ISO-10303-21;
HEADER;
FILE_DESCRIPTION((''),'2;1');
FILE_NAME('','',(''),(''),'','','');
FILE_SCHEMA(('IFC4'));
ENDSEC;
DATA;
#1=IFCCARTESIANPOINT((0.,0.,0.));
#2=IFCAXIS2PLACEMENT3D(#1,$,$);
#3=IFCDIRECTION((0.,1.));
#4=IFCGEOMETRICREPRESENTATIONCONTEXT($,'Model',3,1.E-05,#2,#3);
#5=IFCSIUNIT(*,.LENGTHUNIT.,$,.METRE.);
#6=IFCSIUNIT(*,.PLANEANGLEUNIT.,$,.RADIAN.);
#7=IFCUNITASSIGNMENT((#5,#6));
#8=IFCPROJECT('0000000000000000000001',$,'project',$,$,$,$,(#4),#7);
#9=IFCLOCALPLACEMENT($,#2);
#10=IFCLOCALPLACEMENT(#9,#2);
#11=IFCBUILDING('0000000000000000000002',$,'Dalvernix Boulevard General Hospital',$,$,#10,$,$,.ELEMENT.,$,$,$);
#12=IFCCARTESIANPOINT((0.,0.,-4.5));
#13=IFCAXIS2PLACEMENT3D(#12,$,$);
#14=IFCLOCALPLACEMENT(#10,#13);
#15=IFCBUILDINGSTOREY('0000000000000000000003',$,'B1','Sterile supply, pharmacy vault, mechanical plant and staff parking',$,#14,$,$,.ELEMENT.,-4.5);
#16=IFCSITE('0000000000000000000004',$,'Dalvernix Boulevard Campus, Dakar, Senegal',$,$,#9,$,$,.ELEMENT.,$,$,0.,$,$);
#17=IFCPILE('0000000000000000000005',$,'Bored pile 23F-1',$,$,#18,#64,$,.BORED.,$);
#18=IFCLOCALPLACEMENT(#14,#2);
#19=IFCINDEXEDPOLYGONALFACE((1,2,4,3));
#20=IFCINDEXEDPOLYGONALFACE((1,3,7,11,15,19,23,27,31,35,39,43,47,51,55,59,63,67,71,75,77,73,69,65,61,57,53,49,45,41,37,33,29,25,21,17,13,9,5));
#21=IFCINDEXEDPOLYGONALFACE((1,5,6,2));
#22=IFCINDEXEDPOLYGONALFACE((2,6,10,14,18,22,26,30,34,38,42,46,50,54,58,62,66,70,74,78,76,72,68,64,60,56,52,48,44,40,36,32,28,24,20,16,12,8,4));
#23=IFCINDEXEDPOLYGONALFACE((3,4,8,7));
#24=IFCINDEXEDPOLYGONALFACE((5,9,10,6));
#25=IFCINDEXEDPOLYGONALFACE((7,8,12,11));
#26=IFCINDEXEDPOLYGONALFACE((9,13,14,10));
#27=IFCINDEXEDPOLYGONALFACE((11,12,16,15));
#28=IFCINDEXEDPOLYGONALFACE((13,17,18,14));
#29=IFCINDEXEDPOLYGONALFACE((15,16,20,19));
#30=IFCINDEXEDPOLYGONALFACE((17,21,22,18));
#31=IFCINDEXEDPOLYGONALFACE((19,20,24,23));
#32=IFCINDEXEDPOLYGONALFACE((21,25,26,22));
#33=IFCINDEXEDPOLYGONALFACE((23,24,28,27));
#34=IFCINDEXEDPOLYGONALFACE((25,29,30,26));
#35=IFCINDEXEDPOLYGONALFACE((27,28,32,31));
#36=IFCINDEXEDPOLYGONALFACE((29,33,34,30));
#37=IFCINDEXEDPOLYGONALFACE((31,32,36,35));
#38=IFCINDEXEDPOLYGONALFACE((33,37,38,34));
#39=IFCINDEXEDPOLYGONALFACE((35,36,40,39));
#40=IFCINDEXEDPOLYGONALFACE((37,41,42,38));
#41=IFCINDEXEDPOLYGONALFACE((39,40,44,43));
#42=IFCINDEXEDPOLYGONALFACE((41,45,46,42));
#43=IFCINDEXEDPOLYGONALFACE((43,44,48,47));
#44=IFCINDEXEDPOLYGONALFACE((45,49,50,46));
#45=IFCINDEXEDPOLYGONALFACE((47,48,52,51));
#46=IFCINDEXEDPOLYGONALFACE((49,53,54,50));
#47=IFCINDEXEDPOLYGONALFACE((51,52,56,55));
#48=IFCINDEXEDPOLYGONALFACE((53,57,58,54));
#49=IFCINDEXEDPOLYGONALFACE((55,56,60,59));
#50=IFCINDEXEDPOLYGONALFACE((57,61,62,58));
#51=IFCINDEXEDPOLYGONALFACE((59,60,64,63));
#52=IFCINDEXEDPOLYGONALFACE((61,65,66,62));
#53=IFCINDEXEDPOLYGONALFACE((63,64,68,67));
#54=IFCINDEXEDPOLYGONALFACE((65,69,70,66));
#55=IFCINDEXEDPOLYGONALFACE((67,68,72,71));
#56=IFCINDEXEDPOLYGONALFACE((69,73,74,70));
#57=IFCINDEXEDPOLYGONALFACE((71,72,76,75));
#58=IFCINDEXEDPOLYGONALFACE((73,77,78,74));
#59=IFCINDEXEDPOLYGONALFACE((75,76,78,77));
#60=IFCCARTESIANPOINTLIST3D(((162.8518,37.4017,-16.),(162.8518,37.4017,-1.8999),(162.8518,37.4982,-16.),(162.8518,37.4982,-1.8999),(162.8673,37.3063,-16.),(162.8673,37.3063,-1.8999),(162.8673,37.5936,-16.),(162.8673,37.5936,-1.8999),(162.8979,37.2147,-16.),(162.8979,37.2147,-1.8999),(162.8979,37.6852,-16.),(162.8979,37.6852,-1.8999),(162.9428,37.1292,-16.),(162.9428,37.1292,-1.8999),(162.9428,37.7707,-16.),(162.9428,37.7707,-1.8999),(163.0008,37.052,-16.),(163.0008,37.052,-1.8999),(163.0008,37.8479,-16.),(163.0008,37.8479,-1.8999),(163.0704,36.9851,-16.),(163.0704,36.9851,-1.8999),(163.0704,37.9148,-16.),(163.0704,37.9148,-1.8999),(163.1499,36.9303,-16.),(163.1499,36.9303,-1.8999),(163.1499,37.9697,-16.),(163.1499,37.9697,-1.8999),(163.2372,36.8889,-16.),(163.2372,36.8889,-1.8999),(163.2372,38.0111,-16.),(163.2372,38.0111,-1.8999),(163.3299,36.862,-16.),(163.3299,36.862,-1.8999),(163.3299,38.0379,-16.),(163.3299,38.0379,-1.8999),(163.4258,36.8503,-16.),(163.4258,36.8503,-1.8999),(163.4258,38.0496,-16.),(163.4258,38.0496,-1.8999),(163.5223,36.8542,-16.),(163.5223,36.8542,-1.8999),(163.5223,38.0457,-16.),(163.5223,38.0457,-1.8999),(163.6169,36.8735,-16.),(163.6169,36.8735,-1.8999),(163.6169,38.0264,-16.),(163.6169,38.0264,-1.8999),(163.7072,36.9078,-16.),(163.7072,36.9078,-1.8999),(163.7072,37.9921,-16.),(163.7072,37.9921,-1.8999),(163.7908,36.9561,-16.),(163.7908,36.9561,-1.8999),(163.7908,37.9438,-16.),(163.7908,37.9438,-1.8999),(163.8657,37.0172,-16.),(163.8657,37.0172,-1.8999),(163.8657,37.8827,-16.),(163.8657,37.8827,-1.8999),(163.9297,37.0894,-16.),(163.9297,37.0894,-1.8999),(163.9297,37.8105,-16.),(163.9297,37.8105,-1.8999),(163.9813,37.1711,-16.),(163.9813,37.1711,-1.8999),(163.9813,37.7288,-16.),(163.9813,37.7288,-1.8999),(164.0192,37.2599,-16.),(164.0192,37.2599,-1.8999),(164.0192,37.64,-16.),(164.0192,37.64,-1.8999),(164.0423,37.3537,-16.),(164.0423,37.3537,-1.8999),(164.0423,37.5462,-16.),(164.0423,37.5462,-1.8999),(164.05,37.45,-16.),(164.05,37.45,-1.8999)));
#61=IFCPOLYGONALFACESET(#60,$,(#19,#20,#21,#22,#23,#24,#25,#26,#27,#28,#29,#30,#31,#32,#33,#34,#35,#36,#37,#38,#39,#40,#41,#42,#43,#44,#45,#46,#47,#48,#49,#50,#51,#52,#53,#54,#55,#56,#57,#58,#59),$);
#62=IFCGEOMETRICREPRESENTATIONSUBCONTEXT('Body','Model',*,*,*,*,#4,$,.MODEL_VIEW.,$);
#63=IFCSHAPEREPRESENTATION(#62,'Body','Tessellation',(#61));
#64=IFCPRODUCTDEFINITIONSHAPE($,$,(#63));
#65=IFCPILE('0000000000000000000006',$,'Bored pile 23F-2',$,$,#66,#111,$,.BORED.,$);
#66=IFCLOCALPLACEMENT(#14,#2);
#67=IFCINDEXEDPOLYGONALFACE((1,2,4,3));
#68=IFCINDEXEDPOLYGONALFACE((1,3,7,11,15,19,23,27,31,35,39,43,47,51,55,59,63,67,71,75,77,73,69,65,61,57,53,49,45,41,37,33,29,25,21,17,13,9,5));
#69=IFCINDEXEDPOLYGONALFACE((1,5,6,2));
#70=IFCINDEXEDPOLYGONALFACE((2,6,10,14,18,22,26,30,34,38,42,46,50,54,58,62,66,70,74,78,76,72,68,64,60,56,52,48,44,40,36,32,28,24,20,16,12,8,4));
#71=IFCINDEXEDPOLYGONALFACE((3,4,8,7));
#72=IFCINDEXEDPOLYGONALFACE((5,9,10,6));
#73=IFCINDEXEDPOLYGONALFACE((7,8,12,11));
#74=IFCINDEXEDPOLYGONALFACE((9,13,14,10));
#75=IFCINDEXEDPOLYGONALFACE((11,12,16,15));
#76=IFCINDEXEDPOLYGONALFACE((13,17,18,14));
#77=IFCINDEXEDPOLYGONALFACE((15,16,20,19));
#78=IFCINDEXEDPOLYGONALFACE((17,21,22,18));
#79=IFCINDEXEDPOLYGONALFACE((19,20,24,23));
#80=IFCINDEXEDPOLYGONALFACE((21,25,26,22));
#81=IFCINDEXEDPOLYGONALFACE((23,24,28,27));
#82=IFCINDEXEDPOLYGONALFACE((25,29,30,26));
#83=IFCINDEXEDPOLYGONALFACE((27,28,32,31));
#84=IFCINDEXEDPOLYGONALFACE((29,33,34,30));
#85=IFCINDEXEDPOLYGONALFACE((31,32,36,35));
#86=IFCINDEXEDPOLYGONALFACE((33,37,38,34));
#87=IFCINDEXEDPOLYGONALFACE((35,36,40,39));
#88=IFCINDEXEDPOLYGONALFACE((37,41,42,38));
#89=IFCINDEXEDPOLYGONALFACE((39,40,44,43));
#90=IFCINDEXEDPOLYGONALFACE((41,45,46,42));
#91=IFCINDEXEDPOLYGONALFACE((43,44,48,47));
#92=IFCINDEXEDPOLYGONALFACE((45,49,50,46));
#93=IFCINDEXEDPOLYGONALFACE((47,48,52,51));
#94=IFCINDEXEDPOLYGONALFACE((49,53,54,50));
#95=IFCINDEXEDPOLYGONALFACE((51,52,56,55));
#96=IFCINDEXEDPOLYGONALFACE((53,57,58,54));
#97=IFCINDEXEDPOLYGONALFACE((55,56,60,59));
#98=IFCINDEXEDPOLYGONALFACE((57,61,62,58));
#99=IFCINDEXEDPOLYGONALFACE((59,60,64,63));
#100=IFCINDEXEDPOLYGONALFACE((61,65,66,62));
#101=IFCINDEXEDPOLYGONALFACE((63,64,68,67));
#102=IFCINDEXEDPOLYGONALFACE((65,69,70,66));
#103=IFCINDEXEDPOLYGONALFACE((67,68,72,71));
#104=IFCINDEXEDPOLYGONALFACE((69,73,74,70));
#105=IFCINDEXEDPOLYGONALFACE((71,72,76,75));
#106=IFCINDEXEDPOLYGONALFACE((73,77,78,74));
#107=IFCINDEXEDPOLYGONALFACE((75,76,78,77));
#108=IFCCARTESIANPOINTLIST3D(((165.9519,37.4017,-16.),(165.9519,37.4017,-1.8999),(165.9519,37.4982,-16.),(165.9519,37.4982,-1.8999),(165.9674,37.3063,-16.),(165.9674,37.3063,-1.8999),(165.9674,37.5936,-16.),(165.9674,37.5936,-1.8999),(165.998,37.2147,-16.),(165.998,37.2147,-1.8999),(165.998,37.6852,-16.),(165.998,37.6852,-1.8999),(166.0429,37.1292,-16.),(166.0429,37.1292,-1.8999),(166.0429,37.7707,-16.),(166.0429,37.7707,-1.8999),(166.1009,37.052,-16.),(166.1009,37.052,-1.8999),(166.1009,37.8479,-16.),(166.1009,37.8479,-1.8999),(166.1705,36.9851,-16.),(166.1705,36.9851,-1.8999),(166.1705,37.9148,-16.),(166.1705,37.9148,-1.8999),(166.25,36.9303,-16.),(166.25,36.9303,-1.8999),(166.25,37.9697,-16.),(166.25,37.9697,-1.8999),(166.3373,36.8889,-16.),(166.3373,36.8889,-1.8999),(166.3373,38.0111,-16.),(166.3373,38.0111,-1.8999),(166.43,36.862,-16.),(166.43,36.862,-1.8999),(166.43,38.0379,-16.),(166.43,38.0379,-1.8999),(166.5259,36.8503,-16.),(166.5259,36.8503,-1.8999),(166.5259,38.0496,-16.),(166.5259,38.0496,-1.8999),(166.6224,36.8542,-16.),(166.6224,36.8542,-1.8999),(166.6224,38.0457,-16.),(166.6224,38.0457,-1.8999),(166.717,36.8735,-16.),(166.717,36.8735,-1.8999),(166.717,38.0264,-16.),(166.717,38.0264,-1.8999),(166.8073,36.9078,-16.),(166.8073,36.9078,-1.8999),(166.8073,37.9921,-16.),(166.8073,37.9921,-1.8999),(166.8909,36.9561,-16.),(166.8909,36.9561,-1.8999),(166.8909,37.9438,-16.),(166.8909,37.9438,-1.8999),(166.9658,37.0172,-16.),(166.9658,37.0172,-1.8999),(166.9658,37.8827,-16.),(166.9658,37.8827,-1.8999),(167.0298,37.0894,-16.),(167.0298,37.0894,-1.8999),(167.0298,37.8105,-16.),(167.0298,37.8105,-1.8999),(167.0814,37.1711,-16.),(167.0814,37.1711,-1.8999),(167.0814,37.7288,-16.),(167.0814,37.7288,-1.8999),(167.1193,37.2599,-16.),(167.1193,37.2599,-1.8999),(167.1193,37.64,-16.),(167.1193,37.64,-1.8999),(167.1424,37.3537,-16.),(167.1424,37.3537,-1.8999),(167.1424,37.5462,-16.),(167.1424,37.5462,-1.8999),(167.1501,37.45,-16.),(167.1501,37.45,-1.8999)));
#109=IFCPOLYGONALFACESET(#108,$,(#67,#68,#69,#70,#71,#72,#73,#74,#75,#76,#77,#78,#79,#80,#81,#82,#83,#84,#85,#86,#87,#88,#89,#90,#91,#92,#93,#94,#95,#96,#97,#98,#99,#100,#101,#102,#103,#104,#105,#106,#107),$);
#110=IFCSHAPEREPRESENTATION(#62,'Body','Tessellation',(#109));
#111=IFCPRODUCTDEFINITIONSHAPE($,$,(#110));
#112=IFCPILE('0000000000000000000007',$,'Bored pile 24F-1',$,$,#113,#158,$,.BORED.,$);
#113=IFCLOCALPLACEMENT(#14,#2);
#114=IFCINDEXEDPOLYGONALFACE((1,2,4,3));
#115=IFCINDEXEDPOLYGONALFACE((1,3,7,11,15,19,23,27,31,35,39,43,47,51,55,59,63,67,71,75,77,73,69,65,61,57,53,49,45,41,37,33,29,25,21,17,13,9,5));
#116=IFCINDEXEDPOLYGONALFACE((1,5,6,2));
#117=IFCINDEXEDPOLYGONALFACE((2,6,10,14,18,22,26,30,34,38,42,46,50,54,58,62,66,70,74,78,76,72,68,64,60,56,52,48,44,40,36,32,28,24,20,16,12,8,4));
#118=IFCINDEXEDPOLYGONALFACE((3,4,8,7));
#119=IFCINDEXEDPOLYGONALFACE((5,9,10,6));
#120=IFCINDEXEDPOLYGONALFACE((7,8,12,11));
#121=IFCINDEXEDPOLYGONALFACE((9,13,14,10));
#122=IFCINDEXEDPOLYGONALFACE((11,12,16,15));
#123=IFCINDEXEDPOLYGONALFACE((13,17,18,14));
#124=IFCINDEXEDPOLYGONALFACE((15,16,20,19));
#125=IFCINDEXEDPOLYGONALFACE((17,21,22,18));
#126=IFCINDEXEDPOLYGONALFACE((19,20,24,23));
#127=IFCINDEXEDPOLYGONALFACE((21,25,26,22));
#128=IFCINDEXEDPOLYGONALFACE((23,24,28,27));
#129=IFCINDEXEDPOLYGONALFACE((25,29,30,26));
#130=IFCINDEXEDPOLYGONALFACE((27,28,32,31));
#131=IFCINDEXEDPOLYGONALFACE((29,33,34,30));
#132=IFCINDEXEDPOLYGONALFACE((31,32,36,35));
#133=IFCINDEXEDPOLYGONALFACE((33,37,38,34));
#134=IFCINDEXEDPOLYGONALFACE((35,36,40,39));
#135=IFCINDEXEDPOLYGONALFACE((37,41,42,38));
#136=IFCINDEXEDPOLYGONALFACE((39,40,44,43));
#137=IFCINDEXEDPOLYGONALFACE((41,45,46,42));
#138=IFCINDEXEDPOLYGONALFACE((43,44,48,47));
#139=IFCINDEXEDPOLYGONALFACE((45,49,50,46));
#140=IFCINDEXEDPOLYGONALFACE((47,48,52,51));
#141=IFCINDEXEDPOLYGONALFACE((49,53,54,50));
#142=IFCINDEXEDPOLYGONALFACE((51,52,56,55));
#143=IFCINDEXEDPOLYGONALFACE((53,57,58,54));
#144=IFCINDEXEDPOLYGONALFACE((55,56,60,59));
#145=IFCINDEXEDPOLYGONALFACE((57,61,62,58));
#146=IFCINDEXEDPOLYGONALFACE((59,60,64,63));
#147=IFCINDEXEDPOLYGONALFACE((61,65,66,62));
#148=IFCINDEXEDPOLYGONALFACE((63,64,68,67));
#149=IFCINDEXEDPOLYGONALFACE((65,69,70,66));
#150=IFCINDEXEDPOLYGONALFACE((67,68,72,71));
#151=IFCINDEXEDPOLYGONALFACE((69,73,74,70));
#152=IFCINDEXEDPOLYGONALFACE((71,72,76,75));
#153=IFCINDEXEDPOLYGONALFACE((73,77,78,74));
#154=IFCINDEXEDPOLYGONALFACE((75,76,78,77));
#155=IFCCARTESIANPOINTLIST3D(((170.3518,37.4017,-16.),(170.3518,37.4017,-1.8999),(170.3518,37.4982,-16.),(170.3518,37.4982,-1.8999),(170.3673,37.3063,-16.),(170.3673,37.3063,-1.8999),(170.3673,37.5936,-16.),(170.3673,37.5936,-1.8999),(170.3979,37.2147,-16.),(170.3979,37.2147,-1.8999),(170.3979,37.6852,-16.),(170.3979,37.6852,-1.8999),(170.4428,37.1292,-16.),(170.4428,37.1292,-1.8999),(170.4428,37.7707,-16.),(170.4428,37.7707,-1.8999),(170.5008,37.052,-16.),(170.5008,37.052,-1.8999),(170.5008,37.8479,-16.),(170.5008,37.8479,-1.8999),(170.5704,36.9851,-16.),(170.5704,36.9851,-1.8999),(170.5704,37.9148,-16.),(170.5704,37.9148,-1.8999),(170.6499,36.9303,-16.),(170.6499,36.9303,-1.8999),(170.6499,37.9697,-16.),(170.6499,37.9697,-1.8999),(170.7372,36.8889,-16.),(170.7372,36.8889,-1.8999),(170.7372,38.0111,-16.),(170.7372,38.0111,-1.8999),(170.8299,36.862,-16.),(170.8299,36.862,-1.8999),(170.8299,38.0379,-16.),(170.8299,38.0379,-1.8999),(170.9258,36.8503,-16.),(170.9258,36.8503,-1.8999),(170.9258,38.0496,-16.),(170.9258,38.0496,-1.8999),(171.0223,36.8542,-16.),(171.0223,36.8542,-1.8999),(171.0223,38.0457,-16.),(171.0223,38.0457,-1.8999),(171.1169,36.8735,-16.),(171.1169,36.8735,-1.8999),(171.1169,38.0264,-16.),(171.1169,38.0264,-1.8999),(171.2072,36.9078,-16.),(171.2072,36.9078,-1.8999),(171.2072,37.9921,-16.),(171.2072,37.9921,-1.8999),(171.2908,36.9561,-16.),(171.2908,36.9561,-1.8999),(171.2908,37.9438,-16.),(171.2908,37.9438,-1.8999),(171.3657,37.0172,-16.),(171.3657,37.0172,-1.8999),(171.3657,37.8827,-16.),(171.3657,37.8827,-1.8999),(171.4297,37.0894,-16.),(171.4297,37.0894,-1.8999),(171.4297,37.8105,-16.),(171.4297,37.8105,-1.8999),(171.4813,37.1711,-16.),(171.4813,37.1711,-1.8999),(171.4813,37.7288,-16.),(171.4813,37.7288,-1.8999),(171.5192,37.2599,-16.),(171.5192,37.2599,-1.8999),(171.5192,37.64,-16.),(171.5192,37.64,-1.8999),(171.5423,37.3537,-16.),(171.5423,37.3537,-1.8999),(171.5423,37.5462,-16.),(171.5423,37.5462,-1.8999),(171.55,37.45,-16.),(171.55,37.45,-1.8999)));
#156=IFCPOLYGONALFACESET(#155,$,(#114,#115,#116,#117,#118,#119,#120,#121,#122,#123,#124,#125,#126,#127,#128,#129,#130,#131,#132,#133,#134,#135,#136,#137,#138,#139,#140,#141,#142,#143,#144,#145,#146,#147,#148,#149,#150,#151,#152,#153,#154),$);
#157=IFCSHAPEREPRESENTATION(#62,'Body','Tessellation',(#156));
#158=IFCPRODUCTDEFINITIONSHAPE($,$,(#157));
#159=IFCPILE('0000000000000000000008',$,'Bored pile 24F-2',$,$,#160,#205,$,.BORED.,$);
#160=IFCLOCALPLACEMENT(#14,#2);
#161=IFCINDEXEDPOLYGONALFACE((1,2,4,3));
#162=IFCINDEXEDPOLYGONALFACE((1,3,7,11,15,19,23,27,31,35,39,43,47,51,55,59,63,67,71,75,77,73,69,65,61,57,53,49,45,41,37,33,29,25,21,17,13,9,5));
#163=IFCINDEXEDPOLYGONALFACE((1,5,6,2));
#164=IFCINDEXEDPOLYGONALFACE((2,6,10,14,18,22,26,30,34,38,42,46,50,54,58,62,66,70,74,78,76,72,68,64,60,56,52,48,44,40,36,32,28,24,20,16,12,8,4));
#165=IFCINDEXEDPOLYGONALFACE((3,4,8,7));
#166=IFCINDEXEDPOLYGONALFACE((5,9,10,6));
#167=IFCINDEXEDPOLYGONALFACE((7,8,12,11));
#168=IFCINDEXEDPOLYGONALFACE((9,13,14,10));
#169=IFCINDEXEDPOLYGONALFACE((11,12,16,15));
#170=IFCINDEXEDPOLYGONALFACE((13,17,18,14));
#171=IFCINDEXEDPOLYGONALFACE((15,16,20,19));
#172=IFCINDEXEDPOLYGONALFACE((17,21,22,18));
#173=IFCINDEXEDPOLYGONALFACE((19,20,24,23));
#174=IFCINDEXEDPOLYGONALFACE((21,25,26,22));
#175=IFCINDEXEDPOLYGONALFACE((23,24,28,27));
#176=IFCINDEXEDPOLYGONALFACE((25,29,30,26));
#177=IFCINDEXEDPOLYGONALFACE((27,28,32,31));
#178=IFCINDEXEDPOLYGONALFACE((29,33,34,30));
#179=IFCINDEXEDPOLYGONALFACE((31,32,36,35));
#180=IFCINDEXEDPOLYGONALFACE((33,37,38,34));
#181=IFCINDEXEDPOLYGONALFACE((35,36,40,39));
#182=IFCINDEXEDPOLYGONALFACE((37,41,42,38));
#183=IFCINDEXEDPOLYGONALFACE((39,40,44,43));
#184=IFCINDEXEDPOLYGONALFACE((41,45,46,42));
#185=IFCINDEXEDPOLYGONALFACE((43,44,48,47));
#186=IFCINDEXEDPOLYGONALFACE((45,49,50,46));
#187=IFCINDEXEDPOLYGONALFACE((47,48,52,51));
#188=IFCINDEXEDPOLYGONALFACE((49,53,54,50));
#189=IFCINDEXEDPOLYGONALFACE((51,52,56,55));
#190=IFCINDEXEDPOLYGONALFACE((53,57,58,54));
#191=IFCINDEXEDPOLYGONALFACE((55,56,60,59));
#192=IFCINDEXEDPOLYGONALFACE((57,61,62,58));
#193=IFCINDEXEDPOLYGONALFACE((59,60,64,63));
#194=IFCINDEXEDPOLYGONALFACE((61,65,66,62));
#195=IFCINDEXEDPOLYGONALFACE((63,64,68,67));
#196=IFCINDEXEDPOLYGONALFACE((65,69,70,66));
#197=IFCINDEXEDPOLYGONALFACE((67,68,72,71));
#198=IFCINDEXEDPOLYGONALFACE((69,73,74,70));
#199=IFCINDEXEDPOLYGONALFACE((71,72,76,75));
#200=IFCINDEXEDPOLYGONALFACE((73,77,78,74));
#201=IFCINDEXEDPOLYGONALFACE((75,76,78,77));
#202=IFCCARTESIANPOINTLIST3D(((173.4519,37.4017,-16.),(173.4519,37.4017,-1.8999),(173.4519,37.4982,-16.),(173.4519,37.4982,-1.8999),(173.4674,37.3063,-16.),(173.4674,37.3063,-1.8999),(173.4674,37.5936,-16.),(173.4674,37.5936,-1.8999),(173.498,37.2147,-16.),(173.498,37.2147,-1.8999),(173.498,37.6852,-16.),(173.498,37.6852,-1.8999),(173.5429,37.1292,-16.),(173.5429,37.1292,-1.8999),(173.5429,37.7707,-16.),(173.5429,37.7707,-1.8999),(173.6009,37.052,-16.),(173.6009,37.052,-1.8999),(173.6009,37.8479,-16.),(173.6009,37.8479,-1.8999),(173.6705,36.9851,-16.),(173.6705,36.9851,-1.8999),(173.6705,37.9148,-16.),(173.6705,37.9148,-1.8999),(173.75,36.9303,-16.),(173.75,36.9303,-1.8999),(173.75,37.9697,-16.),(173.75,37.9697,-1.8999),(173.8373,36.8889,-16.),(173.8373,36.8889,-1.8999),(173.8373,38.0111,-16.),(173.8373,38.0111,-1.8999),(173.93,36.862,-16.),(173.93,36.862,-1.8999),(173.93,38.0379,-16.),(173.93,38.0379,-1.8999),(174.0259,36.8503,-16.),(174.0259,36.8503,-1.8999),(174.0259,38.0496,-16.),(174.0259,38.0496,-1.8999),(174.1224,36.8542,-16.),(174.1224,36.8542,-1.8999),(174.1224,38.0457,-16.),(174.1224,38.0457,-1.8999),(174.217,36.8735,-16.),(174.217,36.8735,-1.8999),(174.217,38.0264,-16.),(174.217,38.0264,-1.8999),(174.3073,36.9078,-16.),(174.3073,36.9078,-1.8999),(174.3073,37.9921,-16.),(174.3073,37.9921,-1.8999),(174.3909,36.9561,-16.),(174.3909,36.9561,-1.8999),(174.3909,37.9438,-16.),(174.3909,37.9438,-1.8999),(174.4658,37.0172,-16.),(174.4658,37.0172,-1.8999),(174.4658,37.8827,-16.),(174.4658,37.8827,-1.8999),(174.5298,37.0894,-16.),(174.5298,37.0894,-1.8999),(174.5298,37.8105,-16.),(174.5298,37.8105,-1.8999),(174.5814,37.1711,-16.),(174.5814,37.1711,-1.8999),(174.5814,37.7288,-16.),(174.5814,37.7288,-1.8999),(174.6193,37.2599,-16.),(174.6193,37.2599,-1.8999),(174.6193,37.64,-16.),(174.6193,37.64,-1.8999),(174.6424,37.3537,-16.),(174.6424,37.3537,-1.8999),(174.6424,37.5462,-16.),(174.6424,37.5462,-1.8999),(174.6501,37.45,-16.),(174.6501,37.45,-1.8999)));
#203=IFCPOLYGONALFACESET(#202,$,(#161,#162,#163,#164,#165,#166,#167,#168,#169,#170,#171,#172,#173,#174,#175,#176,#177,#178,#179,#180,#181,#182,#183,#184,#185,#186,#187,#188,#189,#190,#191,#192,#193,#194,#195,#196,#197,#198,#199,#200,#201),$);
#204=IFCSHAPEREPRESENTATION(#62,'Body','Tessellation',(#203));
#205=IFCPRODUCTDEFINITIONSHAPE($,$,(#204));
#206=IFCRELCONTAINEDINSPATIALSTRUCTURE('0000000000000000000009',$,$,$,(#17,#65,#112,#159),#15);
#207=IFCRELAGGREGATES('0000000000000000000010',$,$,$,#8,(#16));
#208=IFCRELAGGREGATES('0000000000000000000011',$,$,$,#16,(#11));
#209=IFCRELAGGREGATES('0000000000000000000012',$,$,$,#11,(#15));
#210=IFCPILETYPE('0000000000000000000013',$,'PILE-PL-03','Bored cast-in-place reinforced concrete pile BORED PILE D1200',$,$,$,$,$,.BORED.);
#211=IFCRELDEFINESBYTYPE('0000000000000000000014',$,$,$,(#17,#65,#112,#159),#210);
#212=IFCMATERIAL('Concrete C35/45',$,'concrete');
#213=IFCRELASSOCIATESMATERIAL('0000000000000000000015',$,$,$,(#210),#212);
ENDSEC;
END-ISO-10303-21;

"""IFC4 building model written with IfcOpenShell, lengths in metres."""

from ifc_helpers import new_model, si_unit, direction, frame, origin, origin_2d, place, context, subcontext, project, spatial, circle, extrude, material, material_profile, profile_set, type_object, element, save


model = new_model("IFC4")

# Units and contexts
model_context = context("Model", 3, precision=1e-05, world=origin(), true_north=direction((0.0, 1.0)))
body_context = subcontext(model_context, "Body", "Model", "MODEL_VIEW")
ifc_project = project(units=[si_unit("LENGTHUNIT", "METRE"), si_unit("PLANEANGLEUNIT", "RADIAN")], contexts=[model_context])

# Site, building, storey
site_placement = place(None, origin())
site = spatial("IfcSite", under=ifc_project, at=site_placement, Name="Dalvernix Boulevard Campus, Dakar, Senegal", CompositionType="ELEMENT", RefElevation=0.0)
building_placement = place(site_placement, origin())
building = spatial("IfcBuilding", under=site, at=building_placement, Name="Dalvernix Boulevard General Hospital", CompositionType="ELEMENT")
storey_placement = place(building_placement, frame((0.0, 0.0, -4.5)))
storey = spatial("IfcBuildingStorey", under=building, at=storey_placement, Name="B1", Description="Sterile supply, pharmacy vault, mechanical plant and staff parking", CompositionType="ELEMENT", Elevation=-4.5)

# Shared definitions
ifc_material_1 = material(Name="Concrete C35/45", Category="concrete")

# Piles
ifc_material_profile_1 = material_profile(ifc_material_1, circle(Radius=0.6001, at=origin_2d()), Name="BORED PILE D1200")
ifc_profile_set_1 = profile_set([ifc_material_profile_1], Name="Concrete C35/45")
pile_type_1 = type_object("IfcPileType", Name="PILE-PL-03", Description="Bored cast-in-place reinforced concrete pile BORED PILE D1200", PredefinedType="BORED", material=ifc_profile_set_1)
for number, where, z_axis, x_axis, name in (
    (1, (163.45, 37.45, -1.8999), (0.0, 0.0, -1.0), (1.0, 0.0, 0.0), "Bored pile 23F-1"),
    (2, (166.55, 37.45, -1.8999), (0.0, 0.0, -1.0), (1.0, 0.0, 0.0), "Bored pile 23F-2"),
    (3, (170.95, 37.45, -1.8999), (0.0, 0.0, -1.0), (1.0, 0.0, 0.0), "Bored pile 24F-1"),
    (4, (174.05, 37.45, -1.8999), (0.0, 0.0, -1.0), (1.0, 0.0, 0.0), "Bored pile 24F-2"),
):
    element("IfcPile", number, at=place(storey_placement, frame(where, z_axis=z_axis, x_axis=x_axis)), inside=storey, type_object=pile_type_1, Name=name, PredefinedType="BORED", context=body_context, shape_type="SweptSolid", body=[
        extrude(circle(Radius=0.6001, at=origin_2d()), origin(), (0.0, 0.0, 1.0), 14.1001),
    ])

save(model, "model.ifc")
